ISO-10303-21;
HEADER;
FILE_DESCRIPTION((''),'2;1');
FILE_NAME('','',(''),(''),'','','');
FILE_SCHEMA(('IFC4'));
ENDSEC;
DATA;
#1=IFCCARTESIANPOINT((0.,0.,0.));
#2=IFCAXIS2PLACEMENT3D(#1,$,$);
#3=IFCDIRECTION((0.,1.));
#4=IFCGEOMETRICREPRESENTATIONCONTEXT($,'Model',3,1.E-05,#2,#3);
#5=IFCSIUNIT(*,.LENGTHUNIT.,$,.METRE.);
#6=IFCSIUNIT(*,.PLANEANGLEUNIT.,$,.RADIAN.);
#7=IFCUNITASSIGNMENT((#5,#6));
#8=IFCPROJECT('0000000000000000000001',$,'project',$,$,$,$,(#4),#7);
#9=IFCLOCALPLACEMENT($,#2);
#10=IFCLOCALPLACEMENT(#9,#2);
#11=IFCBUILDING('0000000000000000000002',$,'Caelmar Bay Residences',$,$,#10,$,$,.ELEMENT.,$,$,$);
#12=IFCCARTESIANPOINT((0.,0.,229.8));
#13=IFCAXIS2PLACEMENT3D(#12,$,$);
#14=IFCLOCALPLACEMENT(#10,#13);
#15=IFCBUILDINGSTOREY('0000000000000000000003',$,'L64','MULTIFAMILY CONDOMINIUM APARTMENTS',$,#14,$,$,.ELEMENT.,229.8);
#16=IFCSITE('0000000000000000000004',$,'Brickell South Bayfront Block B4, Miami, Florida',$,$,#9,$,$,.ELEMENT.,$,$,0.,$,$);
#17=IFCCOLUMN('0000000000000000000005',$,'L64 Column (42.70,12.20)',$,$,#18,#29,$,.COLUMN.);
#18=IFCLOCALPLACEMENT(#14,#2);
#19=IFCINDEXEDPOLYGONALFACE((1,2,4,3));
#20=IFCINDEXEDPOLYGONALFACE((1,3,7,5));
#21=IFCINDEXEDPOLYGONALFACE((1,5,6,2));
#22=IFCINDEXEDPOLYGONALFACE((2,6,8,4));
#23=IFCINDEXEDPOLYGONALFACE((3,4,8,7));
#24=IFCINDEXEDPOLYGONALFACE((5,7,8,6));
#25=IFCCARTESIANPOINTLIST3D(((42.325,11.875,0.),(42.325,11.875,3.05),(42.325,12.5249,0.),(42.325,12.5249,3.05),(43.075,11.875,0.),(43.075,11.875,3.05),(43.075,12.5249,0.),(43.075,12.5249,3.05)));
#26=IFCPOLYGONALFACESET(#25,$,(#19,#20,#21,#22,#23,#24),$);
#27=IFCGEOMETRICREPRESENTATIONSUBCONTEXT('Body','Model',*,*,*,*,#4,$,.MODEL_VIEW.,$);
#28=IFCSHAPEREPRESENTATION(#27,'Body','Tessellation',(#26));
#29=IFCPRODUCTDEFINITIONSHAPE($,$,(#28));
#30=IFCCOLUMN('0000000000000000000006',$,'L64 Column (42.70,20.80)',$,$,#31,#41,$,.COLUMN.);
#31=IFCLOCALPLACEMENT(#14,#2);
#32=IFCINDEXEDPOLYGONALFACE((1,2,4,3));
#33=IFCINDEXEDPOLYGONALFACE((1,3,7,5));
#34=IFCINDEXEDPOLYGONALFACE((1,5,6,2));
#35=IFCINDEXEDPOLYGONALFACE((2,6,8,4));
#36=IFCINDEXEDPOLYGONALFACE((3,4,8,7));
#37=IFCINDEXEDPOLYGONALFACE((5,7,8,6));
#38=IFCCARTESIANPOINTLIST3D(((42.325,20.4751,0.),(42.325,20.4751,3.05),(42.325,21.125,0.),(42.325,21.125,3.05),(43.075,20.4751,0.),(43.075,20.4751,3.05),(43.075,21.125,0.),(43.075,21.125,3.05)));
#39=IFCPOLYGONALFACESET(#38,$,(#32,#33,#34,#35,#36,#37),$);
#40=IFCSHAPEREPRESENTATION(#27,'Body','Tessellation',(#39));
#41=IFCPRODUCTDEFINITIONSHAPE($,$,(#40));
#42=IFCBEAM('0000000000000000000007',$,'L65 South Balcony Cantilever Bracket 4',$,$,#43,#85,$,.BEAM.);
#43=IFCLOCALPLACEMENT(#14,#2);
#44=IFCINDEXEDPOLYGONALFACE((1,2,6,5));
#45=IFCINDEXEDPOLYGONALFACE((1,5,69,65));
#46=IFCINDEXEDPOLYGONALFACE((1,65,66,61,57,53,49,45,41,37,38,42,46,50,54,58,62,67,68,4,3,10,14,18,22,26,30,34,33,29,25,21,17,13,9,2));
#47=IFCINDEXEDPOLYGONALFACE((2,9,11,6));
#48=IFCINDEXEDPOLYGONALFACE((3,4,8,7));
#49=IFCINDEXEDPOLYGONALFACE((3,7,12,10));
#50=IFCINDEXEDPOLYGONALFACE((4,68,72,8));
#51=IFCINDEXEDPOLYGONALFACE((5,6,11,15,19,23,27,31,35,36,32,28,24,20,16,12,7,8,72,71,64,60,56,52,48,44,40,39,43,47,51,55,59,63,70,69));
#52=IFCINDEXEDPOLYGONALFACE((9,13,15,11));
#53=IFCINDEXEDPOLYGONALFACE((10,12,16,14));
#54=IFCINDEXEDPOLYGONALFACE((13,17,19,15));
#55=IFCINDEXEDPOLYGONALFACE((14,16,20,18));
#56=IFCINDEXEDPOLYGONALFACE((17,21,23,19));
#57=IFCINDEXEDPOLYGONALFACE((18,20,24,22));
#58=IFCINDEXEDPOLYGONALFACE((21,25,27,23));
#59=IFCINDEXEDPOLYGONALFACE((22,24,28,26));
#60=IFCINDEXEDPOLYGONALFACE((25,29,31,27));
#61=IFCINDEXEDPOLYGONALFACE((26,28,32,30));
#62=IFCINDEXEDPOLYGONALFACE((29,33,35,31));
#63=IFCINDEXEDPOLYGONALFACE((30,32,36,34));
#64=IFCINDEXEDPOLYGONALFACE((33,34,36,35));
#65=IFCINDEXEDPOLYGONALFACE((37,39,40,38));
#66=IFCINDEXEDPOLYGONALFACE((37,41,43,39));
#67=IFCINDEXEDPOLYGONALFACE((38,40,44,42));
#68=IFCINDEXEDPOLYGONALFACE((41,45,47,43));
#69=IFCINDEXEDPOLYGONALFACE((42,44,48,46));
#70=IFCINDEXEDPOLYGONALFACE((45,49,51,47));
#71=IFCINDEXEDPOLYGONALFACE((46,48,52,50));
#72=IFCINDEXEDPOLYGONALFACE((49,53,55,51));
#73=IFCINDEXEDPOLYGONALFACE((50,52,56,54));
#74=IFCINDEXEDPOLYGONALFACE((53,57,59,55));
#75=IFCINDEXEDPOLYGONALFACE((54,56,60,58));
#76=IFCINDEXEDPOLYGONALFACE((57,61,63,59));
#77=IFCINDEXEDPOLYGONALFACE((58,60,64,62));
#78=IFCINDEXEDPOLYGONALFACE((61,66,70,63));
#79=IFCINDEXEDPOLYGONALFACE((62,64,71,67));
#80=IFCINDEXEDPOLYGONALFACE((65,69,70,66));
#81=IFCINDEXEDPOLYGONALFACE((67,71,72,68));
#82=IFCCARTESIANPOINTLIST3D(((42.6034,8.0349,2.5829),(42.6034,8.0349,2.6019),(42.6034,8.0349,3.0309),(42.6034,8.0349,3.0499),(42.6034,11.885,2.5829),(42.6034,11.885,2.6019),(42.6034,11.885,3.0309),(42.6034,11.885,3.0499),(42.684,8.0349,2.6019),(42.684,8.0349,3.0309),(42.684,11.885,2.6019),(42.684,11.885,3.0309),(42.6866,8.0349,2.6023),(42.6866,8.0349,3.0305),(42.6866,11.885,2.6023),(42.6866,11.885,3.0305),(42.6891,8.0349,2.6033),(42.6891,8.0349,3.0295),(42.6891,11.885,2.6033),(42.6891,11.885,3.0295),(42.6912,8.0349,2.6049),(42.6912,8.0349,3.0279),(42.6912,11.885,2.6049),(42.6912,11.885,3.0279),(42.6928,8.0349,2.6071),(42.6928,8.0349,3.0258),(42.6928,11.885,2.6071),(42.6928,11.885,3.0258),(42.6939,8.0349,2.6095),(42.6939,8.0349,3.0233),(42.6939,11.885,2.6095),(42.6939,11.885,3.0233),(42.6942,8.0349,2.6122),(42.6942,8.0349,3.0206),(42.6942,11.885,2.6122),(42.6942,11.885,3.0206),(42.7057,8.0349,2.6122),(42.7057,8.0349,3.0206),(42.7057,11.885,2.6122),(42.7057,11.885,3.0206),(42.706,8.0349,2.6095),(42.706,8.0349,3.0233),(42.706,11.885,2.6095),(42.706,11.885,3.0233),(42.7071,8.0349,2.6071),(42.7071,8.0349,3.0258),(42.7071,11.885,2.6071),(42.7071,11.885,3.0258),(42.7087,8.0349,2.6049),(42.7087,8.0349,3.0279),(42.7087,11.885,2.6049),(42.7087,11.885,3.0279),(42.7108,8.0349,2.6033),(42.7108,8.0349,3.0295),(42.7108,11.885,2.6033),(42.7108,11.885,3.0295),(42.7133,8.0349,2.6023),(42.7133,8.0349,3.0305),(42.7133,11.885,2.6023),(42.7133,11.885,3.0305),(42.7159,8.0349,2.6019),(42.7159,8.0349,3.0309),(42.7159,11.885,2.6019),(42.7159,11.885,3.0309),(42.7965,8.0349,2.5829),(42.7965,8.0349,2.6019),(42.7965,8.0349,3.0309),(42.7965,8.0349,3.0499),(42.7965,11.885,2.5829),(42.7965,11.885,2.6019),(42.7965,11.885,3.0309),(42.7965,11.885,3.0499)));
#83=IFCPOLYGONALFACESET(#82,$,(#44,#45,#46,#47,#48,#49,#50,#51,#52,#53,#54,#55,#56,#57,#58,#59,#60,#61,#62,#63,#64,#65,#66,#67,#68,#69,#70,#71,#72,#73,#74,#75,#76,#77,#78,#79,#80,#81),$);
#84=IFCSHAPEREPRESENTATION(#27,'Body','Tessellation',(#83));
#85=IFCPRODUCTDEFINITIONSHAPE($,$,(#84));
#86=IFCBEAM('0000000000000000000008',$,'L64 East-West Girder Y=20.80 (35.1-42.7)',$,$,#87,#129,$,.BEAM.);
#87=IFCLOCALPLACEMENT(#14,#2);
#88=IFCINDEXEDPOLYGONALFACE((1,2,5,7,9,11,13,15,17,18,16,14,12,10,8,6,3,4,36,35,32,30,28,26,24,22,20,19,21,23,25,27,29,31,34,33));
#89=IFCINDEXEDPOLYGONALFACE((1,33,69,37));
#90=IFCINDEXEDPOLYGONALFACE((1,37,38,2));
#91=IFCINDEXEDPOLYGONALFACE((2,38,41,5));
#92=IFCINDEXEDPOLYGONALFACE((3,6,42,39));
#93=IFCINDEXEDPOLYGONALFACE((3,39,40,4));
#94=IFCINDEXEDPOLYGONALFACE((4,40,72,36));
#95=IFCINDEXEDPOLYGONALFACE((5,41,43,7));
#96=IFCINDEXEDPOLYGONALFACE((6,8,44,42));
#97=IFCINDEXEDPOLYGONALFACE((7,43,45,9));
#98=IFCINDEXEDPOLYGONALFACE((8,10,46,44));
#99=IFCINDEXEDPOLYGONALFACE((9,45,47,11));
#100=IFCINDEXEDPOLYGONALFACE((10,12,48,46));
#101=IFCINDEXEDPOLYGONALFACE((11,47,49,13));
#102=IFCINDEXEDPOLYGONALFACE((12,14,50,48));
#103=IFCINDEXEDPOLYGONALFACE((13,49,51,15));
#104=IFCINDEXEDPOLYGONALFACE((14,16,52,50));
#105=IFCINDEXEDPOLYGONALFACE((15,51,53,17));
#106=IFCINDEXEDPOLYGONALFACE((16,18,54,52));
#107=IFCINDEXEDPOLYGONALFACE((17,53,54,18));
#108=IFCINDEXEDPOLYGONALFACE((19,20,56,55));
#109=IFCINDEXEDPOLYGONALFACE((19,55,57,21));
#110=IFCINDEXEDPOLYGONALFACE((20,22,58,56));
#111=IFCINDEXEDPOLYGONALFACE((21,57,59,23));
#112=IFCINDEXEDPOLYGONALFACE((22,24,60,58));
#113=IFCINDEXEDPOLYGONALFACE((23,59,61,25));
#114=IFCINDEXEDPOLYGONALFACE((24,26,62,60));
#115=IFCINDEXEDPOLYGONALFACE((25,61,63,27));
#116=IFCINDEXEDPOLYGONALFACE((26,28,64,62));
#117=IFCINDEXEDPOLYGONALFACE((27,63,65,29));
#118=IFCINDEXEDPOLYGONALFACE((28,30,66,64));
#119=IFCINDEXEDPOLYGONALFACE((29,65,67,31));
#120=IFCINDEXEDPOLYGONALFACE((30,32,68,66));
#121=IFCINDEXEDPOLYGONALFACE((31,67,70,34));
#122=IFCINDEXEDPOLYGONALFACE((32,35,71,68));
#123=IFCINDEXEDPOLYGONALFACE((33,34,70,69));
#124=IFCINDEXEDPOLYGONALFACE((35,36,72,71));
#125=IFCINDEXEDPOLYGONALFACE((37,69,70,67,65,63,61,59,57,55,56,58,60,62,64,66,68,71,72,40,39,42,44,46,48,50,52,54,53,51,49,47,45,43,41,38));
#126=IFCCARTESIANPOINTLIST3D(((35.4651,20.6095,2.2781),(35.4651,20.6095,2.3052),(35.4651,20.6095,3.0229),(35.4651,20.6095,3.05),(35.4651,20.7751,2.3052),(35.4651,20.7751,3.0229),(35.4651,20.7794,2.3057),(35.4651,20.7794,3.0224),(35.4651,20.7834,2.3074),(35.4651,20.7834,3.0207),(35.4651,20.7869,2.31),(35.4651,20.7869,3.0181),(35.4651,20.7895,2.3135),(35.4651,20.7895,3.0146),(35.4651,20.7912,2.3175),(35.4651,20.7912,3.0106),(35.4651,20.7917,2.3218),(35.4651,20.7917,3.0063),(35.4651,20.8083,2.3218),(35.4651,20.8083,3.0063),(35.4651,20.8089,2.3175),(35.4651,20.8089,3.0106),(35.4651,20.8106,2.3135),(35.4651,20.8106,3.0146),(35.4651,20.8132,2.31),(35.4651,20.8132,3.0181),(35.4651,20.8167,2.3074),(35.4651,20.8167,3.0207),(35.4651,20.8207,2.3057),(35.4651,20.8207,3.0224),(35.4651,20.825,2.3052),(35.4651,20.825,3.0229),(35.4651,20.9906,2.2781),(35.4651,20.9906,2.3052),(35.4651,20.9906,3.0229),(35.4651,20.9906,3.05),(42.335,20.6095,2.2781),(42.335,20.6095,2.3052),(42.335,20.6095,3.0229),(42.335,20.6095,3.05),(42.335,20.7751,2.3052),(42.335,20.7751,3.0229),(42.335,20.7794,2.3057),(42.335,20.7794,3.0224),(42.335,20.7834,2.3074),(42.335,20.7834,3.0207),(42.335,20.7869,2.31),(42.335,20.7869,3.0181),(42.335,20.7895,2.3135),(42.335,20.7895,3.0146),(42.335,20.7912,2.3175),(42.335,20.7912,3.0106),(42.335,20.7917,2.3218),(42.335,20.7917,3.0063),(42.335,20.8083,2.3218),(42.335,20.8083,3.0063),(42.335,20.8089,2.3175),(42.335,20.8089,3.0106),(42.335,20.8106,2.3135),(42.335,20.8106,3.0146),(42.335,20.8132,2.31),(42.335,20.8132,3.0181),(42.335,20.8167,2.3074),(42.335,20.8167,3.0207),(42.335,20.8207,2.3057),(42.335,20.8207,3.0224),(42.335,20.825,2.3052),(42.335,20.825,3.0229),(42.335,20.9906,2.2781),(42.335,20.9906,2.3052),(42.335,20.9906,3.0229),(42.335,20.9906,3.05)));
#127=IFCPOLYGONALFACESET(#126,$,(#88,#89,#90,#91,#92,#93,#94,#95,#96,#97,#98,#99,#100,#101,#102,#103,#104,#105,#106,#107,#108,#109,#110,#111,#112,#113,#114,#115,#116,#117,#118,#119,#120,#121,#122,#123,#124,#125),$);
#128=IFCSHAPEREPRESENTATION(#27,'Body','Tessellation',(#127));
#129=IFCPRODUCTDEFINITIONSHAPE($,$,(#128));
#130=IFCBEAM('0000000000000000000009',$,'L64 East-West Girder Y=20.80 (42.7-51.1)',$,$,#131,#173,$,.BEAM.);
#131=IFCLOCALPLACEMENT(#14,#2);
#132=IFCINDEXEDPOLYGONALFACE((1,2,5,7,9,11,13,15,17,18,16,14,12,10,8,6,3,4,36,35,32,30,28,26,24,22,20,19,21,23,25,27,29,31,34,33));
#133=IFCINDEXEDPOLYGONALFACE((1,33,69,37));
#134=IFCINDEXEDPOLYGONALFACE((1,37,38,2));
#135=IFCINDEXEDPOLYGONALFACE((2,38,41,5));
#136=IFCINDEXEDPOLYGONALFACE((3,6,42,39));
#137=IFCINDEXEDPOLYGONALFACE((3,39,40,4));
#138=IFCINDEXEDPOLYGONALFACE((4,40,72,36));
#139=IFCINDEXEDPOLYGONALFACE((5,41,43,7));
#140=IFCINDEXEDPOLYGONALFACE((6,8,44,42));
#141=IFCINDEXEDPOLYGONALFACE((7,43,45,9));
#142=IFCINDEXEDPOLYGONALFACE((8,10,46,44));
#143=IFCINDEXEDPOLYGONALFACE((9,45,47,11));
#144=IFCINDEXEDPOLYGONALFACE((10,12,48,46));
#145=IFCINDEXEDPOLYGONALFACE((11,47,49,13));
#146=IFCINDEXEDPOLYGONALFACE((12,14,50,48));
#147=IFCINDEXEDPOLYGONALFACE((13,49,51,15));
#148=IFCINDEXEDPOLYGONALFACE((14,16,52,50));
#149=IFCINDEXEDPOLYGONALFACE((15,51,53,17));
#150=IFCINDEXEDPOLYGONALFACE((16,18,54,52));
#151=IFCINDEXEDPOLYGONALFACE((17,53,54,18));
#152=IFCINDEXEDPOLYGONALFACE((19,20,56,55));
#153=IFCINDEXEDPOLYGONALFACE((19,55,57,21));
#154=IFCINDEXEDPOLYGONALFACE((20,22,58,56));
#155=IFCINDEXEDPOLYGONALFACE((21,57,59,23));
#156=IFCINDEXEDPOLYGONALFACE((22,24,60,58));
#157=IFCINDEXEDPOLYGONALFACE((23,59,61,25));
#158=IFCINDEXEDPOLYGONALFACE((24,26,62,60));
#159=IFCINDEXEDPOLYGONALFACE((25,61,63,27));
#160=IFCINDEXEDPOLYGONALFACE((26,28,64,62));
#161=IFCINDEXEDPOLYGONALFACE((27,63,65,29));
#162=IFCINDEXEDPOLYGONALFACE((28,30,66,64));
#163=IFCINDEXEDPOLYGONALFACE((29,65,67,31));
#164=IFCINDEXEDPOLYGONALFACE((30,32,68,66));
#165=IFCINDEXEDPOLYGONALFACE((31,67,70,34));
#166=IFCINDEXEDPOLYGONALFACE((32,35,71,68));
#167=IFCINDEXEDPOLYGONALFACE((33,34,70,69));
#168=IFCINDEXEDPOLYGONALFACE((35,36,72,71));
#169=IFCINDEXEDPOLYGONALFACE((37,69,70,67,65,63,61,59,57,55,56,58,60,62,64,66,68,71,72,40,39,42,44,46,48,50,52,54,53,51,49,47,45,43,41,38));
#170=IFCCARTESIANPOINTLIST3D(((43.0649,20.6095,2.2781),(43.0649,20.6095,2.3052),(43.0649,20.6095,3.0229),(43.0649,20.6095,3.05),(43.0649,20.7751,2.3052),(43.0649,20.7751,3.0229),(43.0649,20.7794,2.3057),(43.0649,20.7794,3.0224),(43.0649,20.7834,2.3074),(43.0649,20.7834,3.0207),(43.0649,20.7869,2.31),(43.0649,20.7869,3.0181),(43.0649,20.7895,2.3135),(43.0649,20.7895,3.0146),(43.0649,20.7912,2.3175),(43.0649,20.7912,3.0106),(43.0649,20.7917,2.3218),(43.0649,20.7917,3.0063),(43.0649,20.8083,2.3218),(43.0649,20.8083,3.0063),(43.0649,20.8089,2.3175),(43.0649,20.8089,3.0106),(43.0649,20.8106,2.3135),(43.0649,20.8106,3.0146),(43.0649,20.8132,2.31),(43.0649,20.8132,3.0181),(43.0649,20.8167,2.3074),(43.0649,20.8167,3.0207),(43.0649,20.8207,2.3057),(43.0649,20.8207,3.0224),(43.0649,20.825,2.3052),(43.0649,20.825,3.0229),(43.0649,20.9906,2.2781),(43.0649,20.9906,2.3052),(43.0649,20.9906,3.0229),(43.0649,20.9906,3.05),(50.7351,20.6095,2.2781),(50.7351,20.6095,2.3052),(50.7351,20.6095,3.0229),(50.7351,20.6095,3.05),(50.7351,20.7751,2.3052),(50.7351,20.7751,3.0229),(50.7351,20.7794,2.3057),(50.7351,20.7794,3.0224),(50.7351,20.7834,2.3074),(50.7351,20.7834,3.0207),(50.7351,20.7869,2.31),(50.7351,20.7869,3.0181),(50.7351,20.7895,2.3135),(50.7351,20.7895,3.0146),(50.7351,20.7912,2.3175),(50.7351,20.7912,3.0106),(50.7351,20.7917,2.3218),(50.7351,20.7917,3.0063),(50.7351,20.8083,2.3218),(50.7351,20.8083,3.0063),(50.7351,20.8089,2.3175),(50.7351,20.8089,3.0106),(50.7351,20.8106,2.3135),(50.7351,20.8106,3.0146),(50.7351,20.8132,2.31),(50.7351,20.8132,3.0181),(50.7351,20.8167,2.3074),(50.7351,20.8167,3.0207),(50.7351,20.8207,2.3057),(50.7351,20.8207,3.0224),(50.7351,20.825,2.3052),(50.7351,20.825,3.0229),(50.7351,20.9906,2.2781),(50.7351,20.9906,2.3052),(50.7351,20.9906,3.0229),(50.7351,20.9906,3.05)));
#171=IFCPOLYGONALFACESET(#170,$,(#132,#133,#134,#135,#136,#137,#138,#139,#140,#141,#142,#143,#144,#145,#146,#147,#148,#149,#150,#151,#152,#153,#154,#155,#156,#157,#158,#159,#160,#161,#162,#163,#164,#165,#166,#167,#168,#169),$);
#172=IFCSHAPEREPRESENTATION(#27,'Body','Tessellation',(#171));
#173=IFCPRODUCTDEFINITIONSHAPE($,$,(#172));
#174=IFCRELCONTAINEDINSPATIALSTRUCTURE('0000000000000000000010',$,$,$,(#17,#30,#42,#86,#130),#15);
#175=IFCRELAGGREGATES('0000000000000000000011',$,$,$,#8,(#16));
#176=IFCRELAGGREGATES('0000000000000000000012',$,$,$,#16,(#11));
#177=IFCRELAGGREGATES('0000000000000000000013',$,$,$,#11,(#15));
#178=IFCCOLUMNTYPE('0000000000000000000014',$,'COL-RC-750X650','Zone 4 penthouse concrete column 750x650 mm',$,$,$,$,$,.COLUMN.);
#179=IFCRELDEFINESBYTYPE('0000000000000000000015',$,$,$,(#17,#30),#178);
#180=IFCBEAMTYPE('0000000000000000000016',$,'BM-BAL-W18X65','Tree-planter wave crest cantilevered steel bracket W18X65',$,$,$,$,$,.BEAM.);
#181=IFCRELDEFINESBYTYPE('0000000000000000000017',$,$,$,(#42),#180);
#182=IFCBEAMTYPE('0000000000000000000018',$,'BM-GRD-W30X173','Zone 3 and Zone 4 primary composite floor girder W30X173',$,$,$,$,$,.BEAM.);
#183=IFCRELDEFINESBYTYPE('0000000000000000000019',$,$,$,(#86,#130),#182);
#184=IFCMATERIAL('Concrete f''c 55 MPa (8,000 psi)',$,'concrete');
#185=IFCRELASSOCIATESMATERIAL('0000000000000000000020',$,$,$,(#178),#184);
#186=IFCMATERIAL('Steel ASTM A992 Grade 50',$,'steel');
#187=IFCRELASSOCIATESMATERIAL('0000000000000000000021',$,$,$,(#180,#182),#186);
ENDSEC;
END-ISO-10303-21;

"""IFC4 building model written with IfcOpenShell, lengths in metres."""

from ifc_helpers import new_model, si_unit, direction, frame, origin, origin_2d, place, context, subcontext, project, spatial, rectangle, i_section, extrude, material, material_profile, profile_set, type_object, element, save


model = new_model("IFC4")

# Units and contexts
model_context = context("Model", 3, precision=1e-05, world=origin(), true_north=direction((0.0, 1.0)))
body_context = subcontext(model_context, "Body", "Model", "MODEL_VIEW")
ifc_project = project(units=[si_unit("LENGTHUNIT", "METRE"), si_unit("PLANEANGLEUNIT", "RADIAN")], contexts=[model_context])

# Site, building, storey
site_placement = place(None, origin())
site = spatial("IfcSite", under=ifc_project, at=site_placement, Name="Brickell South Bayfront Block B4, Miami, Florida", CompositionType="ELEMENT", RefElevation=0.0)
building_placement = place(site_placement, origin())
building = spatial("IfcBuilding", under=site, at=building_placement, Name="Caelmar Bay Residences", CompositionType="ELEMENT")
storey_placement = place(building_placement, frame((0.0, 0.0, 229.8)))
storey = spatial("IfcBuildingStorey", under=building, at=storey_placement, Name="L64", Description="MULTIFAMILY CONDOMINIUM APARTMENTS", CompositionType="ELEMENT", Elevation=229.8)

# Columns
ifc_material_1 = material(Name="Concrete f'c 55 MPa (8,000 psi)", Category="concrete")
ifc_material_profile_1 = material_profile(ifc_material_1, rectangle(XDim=0.75, YDim=0.6499, at=origin_2d()), Name="RC-COL-750X650")
ifc_profile_set_1 = profile_set([ifc_material_profile_1], Name="Concrete f'c 55 MPa (8,000 psi)")
column_type = type_object("IfcColumnType", Name="COL-RC-750X650", Description="Zone 4 penthouse concrete column 750x650 mm", PredefinedType="COLUMN", material=ifc_profile_set_1)
for number, where, z_axis, x_axis, name in (
    (1, (42.7, 12.2, 0.0), (0.0, 0.0, 1.0), (1.0, 0.0, 0.0), "L64 Column (42.70,12.20)"),
    (2, (42.7, 20.8, 0.0), (0.0, 0.0, 1.0), (1.0, 0.0, 0.0), "L64 Column (42.70,20.80)"),
):
    element("IfcColumn", number, at=place(storey_placement, frame(where, z_axis=z_axis, x_axis=x_axis)), inside=storey, type_object=column_type, Name=name, PredefinedType="COLUMN", context=body_context, shape_type="SweptSolid", body=[
        extrude(rectangle(XDim=0.75, YDim=0.6499, at=origin_2d()), origin(), (0.0, 0.0, 1.0), 3.05),
    ])

# Beams
ifc_material_2 = material(Name="Steel ASTM A992 Grade 50", Category="steel")
ifc_material_profile_2 = material_profile(ifc_material_2, i_section(OverallWidth=0.1931, OverallDepth=0.467, WebThickness=0.0115, FlangeThickness=0.019, FilletRadius=0.0103, at=origin_2d()), Name="W18X65")
ifc_profile_set_2 = profile_set([ifc_material_profile_2], Name="Steel ASTM A992 Grade 50")
beam_type_1 = type_object("IfcBeamType", Name="BM-BAL-W18X65", Description="Tree-planter wave crest cantilevered steel bracket W18X65", PredefinedType="BEAM", material=ifc_profile_set_2)
beam_1_placement = place(storey_placement, frame((42.7, 11.885, 2.8164), z_axis=(0.0, -1.0, 0.0), x_axis=(1.0, 0.0, 0.0)))
element("IfcBeam", 3, at=beam_1_placement, inside=storey, type_object=beam_type_1, Name="L65 South Balcony Cantilever Bracket 4", PredefinedType="BEAM", context=body_context, shape_type="SweptSolid", body=[
    extrude(i_section(OverallWidth=0.1931, OverallDepth=0.467, WebThickness=0.0115, FlangeThickness=0.019, FilletRadius=0.0103, at=origin_2d()), origin(), (0.0, 0.0, 1.0), 3.8501),
])
ifc_material_profile_3 = material_profile(ifc_material_2, i_section(OverallWidth=0.3811, OverallDepth=0.772, WebThickness=0.0166, FlangeThickness=0.0271, FilletRadius=0.0166, at=origin_2d()), Name="W30X173")
ifc_profile_set_3 = profile_set([ifc_material_profile_3], Name="Steel ASTM A992 Grade 50")
beam_type_2 = type_object("IfcBeamType", Name="BM-GRD-W30X173", Description="Zone 3 and Zone 4 primary composite floor girder W30X173", PredefinedType="BEAM", material=ifc_profile_set_3)
beam_2_placement = place(storey_placement, frame((35.4651, 20.8, 2.6641), z_axis=(1.0, 0.0, 0.0), x_axis=(0.0, 1.0, 0.0)))
element("IfcBeam", 4, at=beam_2_placement, inside=storey, type_object=beam_type_2, Name="L64 East-West Girder Y=20.80 (35.1-42.7)", PredefinedType="BEAM", context=body_context, shape_type="SweptSolid", body=[
    extrude(i_section(OverallWidth=0.3811, OverallDepth=0.772, WebThickness=0.0166, FlangeThickness=0.0271, FilletRadius=0.0166, at=origin_2d()), origin(), (0.0, 0.0, 1.0), 6.8699),
])
beam_3_placement = place(storey_placement, frame((43.0649, 20.8, 2.6641), z_axis=(1.0, 0.0, 0.0), x_axis=(0.0, 1.0, 0.0)))
element("IfcBeam", 5, at=beam_3_placement, inside=storey, type_object=beam_type_2, Name="L64 East-West Girder Y=20.80 (42.7-51.1)", PredefinedType="BEAM", context=body_context, shape_type="SweptSolid", body=[
    extrude(i_section(OverallWidth=0.3811, OverallDepth=0.772, WebThickness=0.0166, FlangeThickness=0.0271, FilletRadius=0.0166, at=origin_2d()), origin(), (0.0, 0.0, 1.0), 7.6702),
])

save(model, "model.ifc")
